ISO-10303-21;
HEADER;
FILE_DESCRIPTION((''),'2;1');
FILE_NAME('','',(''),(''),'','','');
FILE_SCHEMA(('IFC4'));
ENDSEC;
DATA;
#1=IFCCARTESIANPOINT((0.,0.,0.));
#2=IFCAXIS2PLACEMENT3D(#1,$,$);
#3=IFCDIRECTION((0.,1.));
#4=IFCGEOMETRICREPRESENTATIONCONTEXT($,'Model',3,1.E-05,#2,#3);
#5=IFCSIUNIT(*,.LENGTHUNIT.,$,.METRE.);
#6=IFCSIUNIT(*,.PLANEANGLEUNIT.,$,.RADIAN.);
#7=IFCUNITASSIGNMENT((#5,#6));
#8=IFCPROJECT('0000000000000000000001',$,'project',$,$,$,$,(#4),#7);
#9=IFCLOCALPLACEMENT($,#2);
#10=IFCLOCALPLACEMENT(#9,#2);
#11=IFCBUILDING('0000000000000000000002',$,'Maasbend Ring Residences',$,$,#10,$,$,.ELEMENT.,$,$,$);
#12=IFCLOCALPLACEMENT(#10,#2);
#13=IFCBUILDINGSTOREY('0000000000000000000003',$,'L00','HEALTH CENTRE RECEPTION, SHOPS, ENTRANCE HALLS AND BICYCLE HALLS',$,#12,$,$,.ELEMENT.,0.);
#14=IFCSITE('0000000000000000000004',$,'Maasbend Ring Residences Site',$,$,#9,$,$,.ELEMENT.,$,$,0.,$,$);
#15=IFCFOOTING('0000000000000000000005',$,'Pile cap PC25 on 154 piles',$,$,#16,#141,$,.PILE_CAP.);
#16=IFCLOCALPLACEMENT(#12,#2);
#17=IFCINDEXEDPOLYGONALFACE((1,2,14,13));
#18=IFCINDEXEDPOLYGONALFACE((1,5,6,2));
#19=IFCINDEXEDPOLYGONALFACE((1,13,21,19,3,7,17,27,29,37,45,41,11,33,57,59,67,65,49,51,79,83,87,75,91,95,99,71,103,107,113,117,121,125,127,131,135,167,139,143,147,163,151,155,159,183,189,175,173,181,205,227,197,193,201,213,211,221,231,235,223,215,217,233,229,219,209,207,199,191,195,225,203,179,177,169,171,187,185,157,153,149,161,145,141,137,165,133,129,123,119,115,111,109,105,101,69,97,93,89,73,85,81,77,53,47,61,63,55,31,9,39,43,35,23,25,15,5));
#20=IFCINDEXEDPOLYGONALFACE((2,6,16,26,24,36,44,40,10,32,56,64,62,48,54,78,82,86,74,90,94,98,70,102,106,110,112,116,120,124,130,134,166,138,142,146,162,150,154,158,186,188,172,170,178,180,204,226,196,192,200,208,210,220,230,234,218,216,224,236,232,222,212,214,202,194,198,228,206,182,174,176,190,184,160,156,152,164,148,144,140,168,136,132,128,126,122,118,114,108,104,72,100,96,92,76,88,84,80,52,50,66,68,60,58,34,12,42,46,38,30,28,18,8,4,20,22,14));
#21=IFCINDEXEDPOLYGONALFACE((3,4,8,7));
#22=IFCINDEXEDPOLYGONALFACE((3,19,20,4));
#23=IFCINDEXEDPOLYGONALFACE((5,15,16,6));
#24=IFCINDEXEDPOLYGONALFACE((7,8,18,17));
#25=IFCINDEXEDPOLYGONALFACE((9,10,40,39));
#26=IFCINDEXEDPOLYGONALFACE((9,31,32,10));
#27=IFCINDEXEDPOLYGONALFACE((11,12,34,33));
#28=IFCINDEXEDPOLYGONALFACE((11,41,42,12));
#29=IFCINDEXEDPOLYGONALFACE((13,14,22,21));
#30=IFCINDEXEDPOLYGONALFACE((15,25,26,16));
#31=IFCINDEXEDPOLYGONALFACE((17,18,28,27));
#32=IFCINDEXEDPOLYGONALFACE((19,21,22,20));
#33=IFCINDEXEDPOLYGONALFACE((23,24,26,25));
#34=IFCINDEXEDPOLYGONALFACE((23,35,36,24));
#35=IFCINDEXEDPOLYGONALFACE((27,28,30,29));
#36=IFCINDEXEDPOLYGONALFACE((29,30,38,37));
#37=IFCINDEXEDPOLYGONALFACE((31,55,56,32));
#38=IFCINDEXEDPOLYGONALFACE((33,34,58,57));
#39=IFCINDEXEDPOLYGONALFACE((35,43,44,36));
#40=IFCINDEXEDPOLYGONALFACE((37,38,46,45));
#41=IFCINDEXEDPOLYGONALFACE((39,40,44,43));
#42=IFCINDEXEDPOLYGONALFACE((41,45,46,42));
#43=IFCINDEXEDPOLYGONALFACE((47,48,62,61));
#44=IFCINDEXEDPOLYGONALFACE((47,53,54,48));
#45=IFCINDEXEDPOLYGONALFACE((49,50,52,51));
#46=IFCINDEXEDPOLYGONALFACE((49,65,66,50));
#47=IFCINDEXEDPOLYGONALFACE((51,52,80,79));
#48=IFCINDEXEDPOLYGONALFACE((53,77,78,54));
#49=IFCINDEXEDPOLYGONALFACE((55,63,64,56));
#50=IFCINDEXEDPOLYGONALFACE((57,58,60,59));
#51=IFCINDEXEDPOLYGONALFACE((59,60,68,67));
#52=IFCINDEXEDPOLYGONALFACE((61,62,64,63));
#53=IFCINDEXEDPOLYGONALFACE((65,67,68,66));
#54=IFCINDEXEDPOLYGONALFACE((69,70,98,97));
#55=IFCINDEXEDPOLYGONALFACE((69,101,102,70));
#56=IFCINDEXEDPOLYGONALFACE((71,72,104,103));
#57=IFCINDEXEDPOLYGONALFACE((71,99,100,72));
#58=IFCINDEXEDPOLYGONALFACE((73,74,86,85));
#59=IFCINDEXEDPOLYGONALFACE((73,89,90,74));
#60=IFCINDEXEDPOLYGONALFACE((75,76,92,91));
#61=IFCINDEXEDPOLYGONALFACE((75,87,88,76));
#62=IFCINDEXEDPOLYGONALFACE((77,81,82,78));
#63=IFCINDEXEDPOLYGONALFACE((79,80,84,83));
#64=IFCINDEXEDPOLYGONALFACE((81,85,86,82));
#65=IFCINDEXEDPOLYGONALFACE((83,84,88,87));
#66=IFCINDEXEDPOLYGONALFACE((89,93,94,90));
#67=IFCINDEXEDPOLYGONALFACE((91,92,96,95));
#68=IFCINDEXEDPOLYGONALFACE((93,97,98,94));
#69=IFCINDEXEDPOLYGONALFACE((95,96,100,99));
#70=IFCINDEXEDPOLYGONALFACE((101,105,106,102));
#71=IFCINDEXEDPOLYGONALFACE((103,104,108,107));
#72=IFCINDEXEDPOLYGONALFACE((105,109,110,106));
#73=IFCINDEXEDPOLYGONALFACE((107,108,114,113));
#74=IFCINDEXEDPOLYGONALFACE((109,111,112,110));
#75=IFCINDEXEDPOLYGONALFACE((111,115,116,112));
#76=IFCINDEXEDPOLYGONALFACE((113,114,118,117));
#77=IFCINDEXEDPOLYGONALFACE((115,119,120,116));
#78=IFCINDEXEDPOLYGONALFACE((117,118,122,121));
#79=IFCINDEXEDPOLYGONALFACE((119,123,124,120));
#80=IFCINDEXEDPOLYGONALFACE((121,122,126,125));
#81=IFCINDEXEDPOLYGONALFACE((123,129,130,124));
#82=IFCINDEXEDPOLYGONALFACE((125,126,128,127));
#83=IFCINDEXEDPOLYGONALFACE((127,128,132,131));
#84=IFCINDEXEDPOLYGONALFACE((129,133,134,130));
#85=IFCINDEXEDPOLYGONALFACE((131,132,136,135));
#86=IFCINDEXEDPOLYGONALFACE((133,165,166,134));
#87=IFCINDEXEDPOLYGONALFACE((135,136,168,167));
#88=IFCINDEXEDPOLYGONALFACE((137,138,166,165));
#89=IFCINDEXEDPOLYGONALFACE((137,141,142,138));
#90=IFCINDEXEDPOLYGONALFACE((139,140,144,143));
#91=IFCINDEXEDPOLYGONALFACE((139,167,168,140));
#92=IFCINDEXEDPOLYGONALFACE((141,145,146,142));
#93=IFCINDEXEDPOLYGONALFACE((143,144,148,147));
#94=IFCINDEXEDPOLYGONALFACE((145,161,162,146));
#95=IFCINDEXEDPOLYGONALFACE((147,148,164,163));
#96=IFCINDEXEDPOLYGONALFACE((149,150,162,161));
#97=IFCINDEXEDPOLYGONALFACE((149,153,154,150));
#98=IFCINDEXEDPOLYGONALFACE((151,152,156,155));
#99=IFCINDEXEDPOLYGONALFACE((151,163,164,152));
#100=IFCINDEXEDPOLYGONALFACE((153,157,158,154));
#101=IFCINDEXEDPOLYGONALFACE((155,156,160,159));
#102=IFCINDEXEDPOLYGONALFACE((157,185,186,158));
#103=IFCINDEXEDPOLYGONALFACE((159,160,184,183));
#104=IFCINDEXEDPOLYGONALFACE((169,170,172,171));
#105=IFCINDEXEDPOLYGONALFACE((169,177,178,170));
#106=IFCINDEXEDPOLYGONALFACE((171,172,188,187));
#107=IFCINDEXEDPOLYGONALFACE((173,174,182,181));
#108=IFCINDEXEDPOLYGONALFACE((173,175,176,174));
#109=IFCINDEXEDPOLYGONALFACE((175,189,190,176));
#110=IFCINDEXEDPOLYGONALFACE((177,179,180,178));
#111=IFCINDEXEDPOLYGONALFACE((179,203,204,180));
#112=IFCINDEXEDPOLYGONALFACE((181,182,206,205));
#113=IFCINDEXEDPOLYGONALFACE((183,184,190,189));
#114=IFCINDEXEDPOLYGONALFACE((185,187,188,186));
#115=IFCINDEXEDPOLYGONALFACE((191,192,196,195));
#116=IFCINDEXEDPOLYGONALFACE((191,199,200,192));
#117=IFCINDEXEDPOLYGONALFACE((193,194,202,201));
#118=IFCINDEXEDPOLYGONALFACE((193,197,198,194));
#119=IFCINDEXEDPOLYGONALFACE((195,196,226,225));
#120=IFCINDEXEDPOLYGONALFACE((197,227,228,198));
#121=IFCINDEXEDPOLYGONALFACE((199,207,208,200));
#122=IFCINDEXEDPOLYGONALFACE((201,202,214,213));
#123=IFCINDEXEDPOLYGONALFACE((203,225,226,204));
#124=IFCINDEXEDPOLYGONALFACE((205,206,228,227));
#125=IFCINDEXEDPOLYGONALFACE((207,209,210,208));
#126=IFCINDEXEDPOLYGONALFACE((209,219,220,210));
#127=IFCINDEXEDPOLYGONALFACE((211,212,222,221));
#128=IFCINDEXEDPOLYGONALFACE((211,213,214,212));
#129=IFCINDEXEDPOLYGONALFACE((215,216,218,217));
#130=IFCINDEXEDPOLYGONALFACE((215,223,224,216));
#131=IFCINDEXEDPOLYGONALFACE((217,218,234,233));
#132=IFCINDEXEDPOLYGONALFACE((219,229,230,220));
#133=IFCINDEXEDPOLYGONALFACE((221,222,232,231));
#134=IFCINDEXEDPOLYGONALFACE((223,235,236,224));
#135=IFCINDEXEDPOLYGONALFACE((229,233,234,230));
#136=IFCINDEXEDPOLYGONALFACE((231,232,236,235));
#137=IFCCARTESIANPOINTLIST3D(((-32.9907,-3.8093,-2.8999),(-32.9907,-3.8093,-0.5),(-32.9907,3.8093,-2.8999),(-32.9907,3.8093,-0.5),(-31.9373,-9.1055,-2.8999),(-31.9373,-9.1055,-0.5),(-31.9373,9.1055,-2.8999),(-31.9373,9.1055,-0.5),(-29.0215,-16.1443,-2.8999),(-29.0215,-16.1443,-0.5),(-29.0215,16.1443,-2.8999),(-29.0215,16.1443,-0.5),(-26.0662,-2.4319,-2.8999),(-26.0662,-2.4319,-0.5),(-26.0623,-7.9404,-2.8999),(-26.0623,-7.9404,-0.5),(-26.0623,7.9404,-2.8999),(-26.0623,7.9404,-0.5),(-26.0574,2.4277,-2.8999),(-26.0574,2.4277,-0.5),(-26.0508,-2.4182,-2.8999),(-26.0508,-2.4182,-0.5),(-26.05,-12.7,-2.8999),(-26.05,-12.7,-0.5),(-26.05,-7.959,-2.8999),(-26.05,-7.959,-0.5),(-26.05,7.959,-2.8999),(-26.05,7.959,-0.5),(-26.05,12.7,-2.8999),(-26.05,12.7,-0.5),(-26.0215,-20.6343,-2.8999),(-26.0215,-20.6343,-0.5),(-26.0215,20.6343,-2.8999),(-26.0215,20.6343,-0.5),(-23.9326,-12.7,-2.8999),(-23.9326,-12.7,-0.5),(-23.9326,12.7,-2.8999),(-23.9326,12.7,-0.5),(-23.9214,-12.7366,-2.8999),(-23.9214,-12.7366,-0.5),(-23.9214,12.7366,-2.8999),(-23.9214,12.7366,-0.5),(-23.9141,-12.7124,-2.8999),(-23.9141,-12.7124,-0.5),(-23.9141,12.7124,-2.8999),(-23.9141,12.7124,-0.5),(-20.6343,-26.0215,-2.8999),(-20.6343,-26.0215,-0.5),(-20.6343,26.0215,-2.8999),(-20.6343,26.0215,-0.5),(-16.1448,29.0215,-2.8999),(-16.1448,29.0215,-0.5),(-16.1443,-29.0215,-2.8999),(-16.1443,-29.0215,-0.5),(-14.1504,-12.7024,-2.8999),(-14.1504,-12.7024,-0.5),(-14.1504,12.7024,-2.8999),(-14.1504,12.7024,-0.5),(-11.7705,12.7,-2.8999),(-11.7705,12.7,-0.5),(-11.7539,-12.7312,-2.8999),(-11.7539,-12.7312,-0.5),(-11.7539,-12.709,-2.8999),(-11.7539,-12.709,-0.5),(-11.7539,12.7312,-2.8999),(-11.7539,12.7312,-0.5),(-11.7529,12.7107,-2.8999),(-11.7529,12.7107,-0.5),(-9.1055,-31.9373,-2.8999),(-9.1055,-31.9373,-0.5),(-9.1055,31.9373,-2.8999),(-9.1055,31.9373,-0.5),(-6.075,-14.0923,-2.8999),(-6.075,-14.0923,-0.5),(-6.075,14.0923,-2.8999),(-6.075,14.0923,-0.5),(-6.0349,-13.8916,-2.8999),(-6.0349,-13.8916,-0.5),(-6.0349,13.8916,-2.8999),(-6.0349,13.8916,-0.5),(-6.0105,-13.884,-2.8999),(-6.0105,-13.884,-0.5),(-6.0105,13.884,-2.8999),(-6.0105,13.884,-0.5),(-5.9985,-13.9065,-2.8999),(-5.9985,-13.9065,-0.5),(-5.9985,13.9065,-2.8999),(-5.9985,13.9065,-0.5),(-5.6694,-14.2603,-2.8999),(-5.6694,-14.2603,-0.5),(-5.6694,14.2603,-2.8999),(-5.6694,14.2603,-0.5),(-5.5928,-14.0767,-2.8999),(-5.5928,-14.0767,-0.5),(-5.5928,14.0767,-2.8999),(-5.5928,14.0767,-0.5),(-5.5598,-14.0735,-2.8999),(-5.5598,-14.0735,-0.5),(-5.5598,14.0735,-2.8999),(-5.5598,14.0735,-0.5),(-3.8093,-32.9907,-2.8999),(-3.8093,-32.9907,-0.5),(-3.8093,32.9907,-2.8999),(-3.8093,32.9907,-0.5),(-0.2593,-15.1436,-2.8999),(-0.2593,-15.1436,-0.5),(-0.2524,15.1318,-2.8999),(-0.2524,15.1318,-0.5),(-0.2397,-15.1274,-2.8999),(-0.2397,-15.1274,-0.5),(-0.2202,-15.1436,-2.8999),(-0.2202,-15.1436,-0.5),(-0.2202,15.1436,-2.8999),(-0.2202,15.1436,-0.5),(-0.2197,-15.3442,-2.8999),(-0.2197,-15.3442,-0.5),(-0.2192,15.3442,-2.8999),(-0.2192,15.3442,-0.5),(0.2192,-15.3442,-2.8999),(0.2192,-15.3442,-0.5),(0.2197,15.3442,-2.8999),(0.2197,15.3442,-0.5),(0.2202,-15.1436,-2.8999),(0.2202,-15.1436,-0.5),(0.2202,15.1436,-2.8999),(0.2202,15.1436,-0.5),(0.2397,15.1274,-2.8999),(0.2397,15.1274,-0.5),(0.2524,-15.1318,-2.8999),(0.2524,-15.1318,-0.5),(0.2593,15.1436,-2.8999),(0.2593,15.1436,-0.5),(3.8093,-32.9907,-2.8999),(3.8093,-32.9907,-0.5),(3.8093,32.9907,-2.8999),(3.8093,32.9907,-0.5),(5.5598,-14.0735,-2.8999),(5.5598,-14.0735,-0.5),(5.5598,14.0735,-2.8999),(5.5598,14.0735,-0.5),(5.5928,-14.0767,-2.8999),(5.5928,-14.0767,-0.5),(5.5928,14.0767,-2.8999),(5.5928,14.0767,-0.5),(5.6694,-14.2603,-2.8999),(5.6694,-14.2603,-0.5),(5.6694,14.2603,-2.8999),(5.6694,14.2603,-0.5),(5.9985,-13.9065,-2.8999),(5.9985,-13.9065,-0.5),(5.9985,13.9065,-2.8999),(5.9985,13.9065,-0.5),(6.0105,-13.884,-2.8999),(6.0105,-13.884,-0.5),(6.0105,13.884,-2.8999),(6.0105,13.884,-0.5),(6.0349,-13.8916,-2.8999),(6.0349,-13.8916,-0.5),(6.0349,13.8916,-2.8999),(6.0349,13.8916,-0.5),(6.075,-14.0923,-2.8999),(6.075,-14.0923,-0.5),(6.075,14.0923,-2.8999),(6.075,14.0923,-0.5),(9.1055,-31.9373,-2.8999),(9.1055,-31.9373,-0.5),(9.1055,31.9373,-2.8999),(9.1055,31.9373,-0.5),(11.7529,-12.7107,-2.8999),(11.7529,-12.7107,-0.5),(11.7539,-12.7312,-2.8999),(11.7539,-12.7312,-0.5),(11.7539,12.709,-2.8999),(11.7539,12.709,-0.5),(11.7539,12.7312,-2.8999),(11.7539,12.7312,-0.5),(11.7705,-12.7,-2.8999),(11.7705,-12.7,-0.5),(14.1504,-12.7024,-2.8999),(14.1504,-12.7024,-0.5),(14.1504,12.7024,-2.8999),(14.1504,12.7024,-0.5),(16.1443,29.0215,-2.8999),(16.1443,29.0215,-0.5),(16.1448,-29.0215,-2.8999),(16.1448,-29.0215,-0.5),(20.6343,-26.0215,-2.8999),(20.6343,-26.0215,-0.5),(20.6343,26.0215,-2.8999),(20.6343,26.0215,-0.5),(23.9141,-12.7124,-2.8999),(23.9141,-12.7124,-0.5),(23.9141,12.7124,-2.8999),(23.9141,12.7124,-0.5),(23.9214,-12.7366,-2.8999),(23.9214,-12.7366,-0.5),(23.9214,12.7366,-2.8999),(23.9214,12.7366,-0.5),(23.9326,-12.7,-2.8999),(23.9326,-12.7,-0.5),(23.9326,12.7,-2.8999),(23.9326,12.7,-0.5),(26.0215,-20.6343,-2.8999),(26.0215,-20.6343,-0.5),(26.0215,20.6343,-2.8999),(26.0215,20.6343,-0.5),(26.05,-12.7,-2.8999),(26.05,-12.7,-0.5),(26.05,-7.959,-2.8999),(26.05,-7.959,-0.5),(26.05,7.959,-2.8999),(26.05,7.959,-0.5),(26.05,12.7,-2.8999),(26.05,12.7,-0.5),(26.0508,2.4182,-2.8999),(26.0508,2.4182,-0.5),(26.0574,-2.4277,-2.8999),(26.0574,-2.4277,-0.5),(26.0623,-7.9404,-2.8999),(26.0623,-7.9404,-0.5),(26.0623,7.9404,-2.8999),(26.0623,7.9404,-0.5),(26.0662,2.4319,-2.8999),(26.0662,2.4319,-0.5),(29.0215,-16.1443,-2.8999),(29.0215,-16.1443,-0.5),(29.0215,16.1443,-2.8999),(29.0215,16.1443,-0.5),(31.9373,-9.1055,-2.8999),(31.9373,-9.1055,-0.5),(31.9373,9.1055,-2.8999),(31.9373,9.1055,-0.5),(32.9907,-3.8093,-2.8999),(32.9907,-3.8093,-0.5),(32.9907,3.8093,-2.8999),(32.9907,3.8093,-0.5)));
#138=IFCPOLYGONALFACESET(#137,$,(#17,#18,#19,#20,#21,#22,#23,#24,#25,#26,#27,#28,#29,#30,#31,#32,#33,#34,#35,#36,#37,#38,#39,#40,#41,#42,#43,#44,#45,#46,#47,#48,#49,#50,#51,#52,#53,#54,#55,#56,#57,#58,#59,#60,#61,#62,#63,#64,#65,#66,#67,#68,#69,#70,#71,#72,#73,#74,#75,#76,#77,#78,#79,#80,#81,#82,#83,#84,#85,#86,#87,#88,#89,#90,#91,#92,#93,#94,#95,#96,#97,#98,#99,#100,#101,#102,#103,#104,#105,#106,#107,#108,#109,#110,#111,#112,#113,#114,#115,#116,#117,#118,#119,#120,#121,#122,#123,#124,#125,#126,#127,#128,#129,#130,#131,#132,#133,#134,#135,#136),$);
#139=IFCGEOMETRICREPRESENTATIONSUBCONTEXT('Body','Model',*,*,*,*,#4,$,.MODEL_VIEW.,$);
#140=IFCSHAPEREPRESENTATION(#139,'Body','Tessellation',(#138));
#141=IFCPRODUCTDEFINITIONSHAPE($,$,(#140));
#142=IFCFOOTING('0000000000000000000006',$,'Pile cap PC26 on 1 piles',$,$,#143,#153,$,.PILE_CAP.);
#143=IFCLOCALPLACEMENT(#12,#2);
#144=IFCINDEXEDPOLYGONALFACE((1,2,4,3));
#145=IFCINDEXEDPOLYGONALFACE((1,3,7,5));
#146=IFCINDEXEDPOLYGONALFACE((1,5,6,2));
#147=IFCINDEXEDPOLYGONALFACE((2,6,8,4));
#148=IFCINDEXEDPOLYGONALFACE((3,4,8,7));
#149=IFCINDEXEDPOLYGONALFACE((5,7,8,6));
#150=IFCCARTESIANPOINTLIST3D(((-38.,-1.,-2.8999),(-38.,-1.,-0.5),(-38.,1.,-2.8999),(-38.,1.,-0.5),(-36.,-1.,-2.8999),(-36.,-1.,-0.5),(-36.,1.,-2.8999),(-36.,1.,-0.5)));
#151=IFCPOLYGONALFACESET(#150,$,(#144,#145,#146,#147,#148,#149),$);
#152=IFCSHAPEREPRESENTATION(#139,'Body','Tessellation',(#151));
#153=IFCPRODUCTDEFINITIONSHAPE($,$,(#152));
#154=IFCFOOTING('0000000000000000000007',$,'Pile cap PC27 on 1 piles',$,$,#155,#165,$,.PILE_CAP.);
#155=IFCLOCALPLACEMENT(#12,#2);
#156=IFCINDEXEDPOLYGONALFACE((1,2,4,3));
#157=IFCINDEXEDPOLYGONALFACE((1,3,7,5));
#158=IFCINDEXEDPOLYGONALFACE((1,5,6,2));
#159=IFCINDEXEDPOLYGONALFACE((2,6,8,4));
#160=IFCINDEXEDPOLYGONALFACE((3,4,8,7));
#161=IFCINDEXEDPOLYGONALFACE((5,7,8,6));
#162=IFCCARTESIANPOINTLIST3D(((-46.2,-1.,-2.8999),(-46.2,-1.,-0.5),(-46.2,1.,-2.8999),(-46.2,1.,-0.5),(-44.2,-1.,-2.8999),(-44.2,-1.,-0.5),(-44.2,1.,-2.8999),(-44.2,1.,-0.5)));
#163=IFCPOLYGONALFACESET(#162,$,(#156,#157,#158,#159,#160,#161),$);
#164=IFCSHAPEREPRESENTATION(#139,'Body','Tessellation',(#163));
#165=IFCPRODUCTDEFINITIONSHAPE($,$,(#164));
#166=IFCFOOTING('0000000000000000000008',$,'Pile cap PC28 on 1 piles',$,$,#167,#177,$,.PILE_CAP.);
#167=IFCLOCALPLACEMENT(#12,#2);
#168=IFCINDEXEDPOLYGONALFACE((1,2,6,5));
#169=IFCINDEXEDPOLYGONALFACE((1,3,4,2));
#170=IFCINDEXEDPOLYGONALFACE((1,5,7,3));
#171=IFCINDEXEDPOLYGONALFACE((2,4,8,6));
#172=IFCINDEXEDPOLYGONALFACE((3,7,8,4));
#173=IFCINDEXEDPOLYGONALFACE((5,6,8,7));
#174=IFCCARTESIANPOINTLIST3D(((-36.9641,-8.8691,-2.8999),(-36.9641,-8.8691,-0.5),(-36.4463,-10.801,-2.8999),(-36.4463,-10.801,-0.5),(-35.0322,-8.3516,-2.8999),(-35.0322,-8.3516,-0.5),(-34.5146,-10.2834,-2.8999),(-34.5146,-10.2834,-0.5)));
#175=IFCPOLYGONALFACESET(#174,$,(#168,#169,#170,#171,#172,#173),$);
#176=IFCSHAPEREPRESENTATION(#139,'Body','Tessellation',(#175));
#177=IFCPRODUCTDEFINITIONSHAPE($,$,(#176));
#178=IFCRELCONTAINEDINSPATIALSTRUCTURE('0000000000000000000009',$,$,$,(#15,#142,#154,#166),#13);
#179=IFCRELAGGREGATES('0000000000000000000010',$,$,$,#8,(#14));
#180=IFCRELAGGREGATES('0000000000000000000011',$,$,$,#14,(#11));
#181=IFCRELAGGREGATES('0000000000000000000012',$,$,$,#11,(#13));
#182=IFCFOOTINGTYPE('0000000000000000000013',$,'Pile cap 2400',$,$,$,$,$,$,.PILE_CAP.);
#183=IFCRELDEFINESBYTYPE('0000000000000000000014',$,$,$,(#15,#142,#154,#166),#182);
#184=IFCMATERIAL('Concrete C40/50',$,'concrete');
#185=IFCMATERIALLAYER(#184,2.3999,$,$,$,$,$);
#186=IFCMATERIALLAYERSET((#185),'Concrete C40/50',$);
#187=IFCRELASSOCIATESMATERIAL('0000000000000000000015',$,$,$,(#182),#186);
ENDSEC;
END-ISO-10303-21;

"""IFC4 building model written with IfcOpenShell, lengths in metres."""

from ifc_helpers import new_model, si_unit, direction, frame, origin, place, context, subcontext, project, spatial, polyline, outline, extrude, material, layer, layer_set, type_object, element, save


model = new_model("IFC4")

# Units and contexts
model_context = context("Model", 3, precision=1e-05, world=origin(), true_north=direction((0.0, 1.0)))
body_context = subcontext(model_context, "Body", "Model", "MODEL_VIEW")
ifc_project = project(units=[si_unit("LENGTHUNIT", "METRE"), si_unit("PLANEANGLEUNIT", "RADIAN")], contexts=[model_context])

# Site, building, storey
site_placement = place(None, origin())
site = spatial("IfcSite", under=ifc_project, at=site_placement, Name="Maasbend Ring Residences Site", CompositionType="ELEMENT", RefElevation=0.0)
building_placement = place(site_placement, origin())
building = spatial("IfcBuilding", under=site, at=building_placement, Name="Maasbend Ring Residences", CompositionType="ELEMENT")
storey_placement = place(building_placement, origin())
storey = spatial("IfcBuildingStorey", under=building, at=storey_placement, Name="L00", Description="HEALTH CENTRE RECEPTION, SHOPS, ENTRANCE HALLS AND BICYCLE HALLS", CompositionType="ELEMENT", Elevation=0.0)

# Footings
ifc_material = material(Name="Concrete C40/50", Category="concrete")
ifc_layer = layer(ifc_material, 2.3999)
ifc_layer_set = layer_set([ifc_layer], Name="Concrete C40/50")
footing_type = type_object("IfcFootingType", Name="Pile cap 2400", PredefinedType="PILE_CAP", material=ifc_layer_set)
footing_1_placement = place(storey_placement, frame((0.0, 0.0, -2.8999)))
element("IfcFooting", 1, at=footing_1_placement, inside=storey, type_object=footing_type, Name="Pile cap PC25 on 154 piles", PredefinedType="PILE_CAP", context=body_context, shape_type="SweptSolid", body=[
    extrude(outline(polyline([(-31.9373, -9.1055), (-26.0623, -7.9404), (-26.05, -7.959), (-26.05, -12.7), (-23.9326, -12.7), (-23.9141, -12.7124), (-23.9214, -12.7366), (-29.0215, -16.1443), (-26.0215, -20.6343), (-14.1504, -12.7024), (-11.7539, -12.709), (-11.7539, -12.7312), (-20.6343, -26.0215), (-16.1443, -29.0215), (-6.0349, -13.8916), (-6.0105, -13.884), (-5.9985, -13.9065), (-6.075, -14.0923), (-5.6694, -14.2603), (-5.5928, -14.0767), (-5.5598, -14.0735), (-9.1055, -31.9373), (-3.8093, -32.9907), (-0.2593, -15.1436), (-0.2397, -15.1274), (-0.2202, -15.1436), (-0.2197, -15.3442), (0.2192, -15.3442), (0.2202, -15.1436), (0.2524, -15.1318), (3.8093, -32.9907), (9.1055, -31.9373), (5.5598, -14.0735), (5.5928, -14.0767), (5.6694, -14.2603), (6.075, -14.0923), (5.9985, -13.9065), (6.0105, -13.884), (6.0349, -13.8916), (16.1448, -29.0215), (20.6343, -26.0215), (11.7539, -12.7312), (11.7529, -12.7107), (11.7705, -12.7), (14.1504, -12.7024), (26.0215, -20.6343), (29.0215, -16.1443), (23.9214, -12.7366), (23.9141, -12.7124), (23.9326, -12.7), (26.05, -12.7), (26.05, -7.959), (26.0623, -7.9404), (31.9373, -9.1055), (32.9907, -3.8093), (26.0574, -2.4277), (26.0508, 2.4182), (26.0662, 2.4319), (32.9907, 3.8093), (31.9373, 9.1055), (26.0623, 7.9404), (26.05, 7.959), (26.05, 12.7), (23.9326, 12.7), (23.9141, 12.7124), (23.9214, 12.7366), (29.0215, 16.1443), (26.0215, 20.6343), (14.1504, 12.7024), (11.7539, 12.709), (11.7539, 12.7312), (20.6343, 26.0215), (16.1443, 29.0215), (6.0349, 13.8916), (6.0105, 13.884), (5.9985, 13.9065), (6.075, 14.0923), (5.6694, 14.2603), (5.5928, 14.0767), (5.5598, 14.0735), (9.1055, 31.9373), (3.8093, 32.9907), (0.2593, 15.1436), (0.2397, 15.1274), (0.2202, 15.1436), (0.2197, 15.3442), (-0.2192, 15.3442), (-0.2202, 15.1436), (-0.2524, 15.1318), (-3.8093, 32.9907), (-9.1055, 31.9373), (-5.5598, 14.0735), (-5.5928, 14.0767), (-5.6694, 14.2603), (-6.075, 14.0923), (-5.9985, 13.9065), (-6.0105, 13.884), (-6.0349, 13.8916), (-16.1448, 29.0215), (-20.6343, 26.0215), (-11.7539, 12.7312), (-11.7529, 12.7107), (-11.7705, 12.7), (-14.1504, 12.7024), (-26.0215, 20.6343), (-29.0215, 16.1443), (-23.9214, 12.7366), (-23.9141, 12.7124), (-23.9326, 12.7), (-26.05, 12.7), (-26.05, 7.959), (-26.0623, 7.9404), (-31.9373, 9.1055), (-32.9907, 3.8093), (-26.0574, 2.4277), (-26.0508, -2.4182), (-26.0662, -2.4319), (-32.9907, -3.8093), (-31.9373, -9.1055)])), origin(), (0.0, 0.0, 1.0), 2.3999),
])
footing_2_placement = place(storey_placement, frame((0.0, 0.0, -2.8999)))
element("IfcFooting", 2, at=footing_2_placement, inside=storey, type_object=footing_type, Name="Pile cap PC26 on 1 piles", PredefinedType="PILE_CAP", context=body_context, shape_type="SweptSolid", body=[
    extrude(outline(polyline([(-36.0, 1.0), (-38.0, 1.0), (-38.0, -1.0), (-36.0, -1.0), (-36.0, 1.0)])), origin(), (0.0, 0.0, 1.0), 2.3999),
])
footing_3_placement = place(storey_placement, frame((0.0, 0.0, -2.8999)))
element("IfcFooting", 3, at=footing_3_placement, inside=storey, type_object=footing_type, Name="Pile cap PC27 on 1 piles", PredefinedType="PILE_CAP", context=body_context, shape_type="SweptSolid", body=[
    extrude(outline(polyline([(-44.2, 1.0), (-46.2, 1.0), (-46.2, -1.0), (-44.2, -1.0), (-44.2, 1.0)])), origin(), (0.0, 0.0, 1.0), 2.3999),
])
footing_4_placement = place(storey_placement, frame((0.0, 0.0, -2.8999)))
element("IfcFooting", 4, at=footing_4_placement, inside=storey, type_object=footing_type, Name="Pile cap PC28 on 1 piles", PredefinedType="PILE_CAP", context=body_context, shape_type="SweptSolid", body=[
    extrude(outline(polyline([(-35.0322, -8.3516), (-36.9641, -8.8691), (-36.4463, -10.801), (-34.5146, -10.2834), (-35.0322, -8.3516)])), origin(), (0.0, 0.0, 1.0), 2.3999),
])

save(model, "model.ifc")
